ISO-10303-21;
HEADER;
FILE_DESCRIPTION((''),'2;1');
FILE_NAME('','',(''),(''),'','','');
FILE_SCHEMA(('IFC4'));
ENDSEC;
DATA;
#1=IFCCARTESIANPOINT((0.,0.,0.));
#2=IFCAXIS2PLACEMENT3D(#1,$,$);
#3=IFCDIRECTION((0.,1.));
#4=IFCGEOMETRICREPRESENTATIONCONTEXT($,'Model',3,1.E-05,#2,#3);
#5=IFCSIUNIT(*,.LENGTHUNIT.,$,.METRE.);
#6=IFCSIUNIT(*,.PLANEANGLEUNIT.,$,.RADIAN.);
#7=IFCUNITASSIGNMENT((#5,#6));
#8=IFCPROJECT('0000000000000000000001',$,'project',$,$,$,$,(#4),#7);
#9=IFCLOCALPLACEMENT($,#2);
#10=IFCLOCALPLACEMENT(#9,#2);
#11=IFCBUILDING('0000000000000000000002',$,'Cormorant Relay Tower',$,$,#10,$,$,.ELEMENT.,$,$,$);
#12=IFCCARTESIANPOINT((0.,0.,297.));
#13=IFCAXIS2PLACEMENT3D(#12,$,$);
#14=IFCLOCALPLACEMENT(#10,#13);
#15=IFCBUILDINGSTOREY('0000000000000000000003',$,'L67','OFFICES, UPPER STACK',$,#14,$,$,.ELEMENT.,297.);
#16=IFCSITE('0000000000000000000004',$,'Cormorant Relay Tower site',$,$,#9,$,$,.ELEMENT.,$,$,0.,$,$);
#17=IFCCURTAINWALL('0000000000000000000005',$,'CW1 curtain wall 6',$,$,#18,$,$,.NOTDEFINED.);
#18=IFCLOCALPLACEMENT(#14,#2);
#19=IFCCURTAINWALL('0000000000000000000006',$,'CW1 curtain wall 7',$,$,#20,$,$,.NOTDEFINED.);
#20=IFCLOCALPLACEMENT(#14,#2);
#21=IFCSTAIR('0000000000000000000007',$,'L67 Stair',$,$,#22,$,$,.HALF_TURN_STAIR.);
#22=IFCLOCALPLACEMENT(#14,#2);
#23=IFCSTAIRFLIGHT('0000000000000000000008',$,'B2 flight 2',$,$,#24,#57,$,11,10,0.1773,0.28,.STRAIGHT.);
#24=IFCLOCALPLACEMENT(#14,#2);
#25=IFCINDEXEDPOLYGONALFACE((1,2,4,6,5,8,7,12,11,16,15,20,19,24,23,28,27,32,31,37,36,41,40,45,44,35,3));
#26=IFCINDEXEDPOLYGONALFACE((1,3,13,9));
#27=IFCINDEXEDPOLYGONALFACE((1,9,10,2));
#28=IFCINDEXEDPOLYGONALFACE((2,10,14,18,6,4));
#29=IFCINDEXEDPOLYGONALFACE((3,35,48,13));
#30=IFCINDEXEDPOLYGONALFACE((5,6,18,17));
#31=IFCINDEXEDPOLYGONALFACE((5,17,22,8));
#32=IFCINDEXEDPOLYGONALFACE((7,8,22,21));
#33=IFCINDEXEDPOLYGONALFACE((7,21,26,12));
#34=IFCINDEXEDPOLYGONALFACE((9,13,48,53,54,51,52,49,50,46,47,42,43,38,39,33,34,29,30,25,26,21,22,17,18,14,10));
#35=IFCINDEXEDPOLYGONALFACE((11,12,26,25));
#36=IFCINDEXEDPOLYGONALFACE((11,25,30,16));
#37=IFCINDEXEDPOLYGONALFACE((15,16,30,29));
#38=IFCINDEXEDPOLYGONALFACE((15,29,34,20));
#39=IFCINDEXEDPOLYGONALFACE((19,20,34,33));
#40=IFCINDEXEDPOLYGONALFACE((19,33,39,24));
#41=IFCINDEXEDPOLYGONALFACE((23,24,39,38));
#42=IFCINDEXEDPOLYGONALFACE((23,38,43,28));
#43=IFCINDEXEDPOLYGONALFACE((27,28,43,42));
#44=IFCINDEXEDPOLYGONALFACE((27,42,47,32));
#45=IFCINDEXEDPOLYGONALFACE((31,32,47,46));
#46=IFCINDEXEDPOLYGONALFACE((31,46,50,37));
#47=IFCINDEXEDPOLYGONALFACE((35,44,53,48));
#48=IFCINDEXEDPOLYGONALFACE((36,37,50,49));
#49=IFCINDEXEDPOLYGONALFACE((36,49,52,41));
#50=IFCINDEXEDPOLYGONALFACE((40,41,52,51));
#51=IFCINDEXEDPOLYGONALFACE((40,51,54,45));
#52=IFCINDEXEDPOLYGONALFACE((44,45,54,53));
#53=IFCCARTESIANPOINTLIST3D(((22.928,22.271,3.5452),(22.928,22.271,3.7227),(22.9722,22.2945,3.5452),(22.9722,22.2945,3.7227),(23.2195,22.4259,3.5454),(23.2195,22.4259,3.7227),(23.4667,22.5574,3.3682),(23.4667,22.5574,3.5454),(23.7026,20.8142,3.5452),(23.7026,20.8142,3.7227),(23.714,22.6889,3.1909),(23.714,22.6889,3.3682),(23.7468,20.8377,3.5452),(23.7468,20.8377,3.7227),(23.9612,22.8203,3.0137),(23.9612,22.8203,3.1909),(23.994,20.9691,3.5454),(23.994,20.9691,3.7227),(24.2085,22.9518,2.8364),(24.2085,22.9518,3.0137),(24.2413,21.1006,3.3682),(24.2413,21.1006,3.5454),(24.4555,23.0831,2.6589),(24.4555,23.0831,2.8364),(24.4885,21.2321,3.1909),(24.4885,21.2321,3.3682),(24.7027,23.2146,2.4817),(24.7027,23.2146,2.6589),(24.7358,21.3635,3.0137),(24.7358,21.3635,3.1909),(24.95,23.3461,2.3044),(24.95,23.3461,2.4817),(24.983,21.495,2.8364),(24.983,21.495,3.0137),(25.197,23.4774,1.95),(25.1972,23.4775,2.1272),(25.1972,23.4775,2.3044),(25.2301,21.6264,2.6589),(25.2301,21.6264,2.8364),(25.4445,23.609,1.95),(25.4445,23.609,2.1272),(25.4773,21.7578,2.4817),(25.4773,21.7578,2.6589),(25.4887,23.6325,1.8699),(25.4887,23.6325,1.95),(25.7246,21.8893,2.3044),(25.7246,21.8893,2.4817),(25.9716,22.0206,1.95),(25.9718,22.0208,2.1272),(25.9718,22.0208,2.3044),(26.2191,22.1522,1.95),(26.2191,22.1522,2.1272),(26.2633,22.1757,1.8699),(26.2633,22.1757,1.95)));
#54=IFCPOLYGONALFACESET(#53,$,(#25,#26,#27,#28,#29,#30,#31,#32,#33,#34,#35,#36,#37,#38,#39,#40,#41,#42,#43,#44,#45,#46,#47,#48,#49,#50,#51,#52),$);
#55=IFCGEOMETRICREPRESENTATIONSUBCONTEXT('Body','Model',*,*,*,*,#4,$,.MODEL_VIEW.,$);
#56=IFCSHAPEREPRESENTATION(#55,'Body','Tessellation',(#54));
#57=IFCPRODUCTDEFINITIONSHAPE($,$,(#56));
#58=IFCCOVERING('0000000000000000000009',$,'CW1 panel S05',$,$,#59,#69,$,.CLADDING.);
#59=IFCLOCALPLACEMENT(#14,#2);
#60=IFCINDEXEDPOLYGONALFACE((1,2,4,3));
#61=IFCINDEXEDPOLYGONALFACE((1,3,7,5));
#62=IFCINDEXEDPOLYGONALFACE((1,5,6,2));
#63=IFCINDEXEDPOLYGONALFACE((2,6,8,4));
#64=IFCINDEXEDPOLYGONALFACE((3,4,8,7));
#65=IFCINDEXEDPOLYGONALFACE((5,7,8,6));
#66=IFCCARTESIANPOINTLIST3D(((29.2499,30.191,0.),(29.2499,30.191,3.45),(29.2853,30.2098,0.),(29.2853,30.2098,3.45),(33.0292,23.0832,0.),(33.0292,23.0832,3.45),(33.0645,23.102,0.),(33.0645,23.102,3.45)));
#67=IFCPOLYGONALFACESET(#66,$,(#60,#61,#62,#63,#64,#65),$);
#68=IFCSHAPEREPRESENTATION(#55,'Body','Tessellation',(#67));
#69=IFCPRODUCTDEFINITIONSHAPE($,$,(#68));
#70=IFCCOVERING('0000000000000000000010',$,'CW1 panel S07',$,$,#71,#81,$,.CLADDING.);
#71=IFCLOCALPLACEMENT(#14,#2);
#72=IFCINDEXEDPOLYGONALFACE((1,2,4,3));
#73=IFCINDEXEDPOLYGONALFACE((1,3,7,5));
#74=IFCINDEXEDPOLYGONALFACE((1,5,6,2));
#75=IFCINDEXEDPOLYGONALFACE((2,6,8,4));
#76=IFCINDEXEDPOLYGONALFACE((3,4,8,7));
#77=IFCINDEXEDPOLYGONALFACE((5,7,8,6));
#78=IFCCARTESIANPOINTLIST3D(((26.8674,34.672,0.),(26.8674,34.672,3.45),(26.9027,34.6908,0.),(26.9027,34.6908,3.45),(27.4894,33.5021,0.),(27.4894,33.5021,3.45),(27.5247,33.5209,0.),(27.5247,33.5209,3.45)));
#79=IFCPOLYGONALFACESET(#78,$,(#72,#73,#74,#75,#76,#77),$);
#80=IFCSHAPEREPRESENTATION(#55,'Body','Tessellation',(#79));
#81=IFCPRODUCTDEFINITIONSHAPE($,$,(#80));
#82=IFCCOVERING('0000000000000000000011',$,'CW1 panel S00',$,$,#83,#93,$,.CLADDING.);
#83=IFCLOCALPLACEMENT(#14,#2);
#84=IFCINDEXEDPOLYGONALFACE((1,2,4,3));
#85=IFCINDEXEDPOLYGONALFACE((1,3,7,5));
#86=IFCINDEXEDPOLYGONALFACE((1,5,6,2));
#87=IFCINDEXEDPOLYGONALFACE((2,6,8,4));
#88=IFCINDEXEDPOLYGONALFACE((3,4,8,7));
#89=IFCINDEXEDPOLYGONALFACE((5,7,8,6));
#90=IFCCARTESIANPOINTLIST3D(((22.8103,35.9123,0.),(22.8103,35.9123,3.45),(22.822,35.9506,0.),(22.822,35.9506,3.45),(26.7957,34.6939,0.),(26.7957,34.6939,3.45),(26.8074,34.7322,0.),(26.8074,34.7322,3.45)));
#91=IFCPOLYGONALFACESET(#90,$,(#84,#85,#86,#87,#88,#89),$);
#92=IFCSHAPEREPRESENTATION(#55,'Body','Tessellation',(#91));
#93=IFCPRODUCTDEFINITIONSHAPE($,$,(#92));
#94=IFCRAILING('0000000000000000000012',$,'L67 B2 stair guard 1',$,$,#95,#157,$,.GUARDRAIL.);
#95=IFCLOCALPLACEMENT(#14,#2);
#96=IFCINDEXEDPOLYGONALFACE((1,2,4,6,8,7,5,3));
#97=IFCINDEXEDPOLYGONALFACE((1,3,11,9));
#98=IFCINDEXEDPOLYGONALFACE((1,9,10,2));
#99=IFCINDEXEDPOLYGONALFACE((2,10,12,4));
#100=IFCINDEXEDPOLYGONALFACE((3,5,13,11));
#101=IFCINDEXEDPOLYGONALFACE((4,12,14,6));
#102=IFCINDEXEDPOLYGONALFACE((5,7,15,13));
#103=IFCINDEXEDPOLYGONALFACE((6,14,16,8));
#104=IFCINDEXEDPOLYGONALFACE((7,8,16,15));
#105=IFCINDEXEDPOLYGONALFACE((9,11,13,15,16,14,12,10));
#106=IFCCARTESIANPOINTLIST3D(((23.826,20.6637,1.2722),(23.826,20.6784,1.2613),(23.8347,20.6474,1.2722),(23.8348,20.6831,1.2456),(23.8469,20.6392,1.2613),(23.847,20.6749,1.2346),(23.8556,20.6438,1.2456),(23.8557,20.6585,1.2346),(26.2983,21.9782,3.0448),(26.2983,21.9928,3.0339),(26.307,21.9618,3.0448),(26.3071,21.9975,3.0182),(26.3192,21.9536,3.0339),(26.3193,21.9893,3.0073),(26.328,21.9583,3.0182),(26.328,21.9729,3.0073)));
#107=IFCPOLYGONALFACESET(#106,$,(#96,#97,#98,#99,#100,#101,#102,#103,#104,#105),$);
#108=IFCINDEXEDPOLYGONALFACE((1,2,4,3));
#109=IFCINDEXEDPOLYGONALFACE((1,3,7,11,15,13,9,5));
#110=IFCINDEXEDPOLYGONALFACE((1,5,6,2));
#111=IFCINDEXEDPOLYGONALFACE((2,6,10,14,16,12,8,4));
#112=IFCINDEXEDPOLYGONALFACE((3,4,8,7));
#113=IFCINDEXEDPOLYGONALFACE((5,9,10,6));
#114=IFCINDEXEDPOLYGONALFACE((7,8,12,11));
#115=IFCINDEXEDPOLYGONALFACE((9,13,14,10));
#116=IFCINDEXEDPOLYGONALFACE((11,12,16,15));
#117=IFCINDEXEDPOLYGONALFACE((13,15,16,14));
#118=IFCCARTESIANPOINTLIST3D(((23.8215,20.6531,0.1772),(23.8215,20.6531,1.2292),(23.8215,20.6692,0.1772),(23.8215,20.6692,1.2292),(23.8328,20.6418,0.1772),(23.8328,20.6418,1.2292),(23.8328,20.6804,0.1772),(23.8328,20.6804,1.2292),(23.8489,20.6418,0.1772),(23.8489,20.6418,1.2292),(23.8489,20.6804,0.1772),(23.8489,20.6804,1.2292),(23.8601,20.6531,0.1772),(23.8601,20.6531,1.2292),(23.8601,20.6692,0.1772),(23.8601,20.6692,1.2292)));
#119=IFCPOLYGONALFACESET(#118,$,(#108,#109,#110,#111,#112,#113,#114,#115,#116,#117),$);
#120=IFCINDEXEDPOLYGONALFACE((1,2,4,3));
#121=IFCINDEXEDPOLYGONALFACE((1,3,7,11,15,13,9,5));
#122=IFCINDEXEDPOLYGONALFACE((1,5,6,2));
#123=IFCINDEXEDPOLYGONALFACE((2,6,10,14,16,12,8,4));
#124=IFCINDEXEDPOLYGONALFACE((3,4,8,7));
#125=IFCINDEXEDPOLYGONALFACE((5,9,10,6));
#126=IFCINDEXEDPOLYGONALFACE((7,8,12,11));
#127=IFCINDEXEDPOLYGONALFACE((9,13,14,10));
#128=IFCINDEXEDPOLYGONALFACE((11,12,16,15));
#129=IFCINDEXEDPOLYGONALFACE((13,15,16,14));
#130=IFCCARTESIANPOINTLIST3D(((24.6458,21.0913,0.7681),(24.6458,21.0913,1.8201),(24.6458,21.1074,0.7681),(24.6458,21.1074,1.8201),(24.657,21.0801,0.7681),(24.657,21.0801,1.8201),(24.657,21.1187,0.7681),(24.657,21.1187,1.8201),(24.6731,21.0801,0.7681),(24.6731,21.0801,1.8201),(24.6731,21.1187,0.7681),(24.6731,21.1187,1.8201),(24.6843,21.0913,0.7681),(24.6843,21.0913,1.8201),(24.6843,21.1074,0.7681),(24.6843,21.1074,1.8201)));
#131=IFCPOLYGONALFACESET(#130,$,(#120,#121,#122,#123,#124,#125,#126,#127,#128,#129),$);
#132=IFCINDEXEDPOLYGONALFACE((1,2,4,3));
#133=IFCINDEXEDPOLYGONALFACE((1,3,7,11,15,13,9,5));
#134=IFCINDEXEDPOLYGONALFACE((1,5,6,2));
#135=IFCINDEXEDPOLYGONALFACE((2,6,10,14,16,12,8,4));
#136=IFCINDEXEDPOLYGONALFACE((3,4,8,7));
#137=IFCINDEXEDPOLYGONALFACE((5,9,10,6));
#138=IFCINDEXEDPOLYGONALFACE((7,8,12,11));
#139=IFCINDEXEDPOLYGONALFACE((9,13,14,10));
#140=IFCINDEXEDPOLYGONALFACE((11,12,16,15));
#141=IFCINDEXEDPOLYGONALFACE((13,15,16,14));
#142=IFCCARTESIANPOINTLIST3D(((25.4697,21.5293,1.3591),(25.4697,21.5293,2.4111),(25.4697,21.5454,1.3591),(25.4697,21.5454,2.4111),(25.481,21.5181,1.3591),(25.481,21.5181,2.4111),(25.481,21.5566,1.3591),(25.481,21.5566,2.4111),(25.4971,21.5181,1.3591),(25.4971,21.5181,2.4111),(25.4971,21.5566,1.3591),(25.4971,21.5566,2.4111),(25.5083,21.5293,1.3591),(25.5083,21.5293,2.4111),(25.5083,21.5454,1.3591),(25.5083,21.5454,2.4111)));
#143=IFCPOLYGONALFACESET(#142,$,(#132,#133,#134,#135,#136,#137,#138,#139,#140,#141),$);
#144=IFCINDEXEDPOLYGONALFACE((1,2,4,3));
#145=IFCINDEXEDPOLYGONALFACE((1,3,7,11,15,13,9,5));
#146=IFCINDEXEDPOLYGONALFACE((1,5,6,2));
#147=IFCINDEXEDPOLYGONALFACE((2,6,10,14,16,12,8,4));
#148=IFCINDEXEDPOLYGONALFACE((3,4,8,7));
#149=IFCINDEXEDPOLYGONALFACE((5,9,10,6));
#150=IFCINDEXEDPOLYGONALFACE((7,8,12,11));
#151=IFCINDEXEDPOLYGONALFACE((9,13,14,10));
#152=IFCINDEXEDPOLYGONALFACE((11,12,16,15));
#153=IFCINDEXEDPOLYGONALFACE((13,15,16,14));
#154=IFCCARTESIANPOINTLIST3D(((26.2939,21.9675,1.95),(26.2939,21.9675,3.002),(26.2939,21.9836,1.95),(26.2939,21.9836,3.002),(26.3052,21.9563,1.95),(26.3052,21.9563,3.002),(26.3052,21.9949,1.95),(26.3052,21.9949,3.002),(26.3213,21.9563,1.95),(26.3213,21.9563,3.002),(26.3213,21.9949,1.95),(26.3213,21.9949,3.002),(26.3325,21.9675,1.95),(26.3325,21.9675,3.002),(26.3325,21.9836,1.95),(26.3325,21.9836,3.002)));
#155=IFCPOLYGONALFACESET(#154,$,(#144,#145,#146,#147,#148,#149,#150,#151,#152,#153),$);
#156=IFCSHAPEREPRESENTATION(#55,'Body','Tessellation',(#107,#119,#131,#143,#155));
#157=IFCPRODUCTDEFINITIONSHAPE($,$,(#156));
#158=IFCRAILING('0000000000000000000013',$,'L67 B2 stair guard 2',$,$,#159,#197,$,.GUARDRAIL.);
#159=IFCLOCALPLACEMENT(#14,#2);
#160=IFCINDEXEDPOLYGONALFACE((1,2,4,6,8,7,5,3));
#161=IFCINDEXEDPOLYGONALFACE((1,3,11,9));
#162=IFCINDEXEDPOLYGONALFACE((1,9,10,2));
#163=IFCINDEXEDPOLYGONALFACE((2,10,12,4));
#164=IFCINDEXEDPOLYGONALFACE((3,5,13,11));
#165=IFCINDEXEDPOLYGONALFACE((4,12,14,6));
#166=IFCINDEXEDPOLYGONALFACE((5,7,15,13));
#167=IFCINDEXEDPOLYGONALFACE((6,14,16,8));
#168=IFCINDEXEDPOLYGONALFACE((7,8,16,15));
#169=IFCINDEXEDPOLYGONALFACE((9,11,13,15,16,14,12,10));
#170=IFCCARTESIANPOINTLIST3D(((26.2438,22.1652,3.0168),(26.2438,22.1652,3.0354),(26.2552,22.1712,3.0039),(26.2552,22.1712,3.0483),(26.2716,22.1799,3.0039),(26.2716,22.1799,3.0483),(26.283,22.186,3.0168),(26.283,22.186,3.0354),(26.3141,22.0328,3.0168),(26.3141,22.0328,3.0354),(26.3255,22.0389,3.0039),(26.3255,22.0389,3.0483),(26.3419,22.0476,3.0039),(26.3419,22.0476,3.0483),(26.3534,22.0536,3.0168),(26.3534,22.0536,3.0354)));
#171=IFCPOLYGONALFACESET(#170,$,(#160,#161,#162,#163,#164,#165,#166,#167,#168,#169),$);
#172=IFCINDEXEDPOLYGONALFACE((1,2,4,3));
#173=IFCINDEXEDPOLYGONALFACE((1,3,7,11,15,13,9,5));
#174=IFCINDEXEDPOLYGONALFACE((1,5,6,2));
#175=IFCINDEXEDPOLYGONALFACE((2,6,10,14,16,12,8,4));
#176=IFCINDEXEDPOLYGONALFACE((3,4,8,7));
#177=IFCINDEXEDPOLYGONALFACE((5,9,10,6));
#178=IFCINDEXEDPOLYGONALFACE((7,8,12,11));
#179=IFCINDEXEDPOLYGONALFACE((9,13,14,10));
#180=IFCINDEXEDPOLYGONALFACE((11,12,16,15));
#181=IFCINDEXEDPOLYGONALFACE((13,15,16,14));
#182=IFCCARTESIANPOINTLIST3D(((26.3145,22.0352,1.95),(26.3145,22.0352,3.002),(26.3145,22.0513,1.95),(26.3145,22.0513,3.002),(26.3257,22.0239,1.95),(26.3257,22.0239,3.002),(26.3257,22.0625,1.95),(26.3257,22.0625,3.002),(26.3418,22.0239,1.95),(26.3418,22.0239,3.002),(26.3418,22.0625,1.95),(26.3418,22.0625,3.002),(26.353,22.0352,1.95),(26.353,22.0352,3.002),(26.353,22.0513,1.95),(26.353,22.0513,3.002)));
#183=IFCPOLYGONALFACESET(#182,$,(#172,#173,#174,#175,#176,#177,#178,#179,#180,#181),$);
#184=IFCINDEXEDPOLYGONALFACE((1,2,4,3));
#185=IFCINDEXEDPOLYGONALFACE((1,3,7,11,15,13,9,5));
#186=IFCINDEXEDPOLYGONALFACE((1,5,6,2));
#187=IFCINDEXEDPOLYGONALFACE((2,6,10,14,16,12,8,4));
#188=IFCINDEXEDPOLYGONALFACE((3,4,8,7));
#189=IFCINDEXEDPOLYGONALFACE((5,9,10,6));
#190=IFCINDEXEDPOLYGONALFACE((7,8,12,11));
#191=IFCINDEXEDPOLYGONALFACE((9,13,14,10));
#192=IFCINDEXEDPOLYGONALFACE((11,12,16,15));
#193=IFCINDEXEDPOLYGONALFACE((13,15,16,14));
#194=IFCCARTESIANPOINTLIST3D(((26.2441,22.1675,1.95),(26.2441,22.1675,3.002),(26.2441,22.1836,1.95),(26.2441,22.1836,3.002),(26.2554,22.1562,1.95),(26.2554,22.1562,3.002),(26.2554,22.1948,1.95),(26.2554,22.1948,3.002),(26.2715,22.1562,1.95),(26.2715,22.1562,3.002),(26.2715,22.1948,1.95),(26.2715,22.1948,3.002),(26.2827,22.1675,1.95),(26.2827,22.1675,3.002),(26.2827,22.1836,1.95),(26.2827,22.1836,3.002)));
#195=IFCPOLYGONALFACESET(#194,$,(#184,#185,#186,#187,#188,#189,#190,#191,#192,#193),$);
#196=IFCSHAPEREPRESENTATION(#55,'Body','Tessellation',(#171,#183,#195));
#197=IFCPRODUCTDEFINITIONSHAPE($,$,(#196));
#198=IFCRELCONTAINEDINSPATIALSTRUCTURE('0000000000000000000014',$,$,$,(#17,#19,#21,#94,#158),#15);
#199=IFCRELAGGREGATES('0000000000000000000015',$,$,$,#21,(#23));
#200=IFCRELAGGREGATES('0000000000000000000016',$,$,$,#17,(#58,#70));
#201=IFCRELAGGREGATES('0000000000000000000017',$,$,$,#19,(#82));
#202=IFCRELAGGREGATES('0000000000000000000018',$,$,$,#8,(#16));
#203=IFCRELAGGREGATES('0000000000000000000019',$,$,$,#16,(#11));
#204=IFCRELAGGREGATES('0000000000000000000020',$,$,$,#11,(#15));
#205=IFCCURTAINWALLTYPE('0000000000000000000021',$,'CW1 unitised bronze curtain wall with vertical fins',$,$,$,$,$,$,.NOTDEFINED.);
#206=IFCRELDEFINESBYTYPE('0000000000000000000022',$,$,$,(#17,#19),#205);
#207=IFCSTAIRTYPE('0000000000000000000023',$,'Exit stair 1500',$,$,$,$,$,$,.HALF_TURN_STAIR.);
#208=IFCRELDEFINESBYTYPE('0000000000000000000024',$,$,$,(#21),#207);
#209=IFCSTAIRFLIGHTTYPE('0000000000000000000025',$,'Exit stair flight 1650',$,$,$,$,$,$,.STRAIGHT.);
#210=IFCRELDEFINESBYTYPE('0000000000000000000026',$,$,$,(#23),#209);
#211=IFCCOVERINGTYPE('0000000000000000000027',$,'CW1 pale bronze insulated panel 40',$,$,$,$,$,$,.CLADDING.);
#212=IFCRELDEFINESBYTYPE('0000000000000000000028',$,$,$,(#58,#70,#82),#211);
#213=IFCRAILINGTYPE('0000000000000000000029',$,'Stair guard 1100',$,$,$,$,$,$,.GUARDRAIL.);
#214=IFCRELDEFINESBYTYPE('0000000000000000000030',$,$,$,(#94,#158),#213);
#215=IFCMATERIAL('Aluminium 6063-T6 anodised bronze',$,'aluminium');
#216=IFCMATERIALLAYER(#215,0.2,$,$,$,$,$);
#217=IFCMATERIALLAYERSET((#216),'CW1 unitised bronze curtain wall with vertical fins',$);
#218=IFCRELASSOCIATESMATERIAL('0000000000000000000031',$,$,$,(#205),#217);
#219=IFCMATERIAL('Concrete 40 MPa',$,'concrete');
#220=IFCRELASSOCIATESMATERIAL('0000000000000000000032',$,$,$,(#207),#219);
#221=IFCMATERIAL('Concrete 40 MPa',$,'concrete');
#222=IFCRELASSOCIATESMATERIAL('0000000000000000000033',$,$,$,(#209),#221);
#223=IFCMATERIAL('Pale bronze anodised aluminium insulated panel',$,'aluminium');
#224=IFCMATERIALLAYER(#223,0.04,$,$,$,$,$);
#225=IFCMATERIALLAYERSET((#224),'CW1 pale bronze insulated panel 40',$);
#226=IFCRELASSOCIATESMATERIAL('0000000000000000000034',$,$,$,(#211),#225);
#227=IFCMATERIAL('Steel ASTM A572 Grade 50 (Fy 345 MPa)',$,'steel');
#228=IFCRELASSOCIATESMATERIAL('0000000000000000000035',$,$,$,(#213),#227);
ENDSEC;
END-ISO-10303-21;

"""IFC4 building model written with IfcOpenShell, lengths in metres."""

from ifc_helpers import new_model, si_unit, direction, frame, origin, origin_2d, place, context, subcontext, project, spatial, polyline, rectangle, outline, extrude, material, layer, layer_set, type_object, element, aggregate, save


model = new_model("IFC4")

# Units and contexts
model_context = context("Model", 3, precision=1e-05, world=origin(), true_north=direction((0.0, 1.0)))
body_context = subcontext(model_context, "Body", "Model", "MODEL_VIEW")
ifc_project = project(units=[si_unit("LENGTHUNIT", "METRE"), si_unit("PLANEANGLEUNIT", "RADIAN")], contexts=[model_context])

# Site, building, storey
site_placement = place(None, origin())
site = spatial("IfcSite", under=ifc_project, at=site_placement, Name="Cormorant Relay Tower site", CompositionType="ELEMENT", RefElevation=0.0)
building_placement = place(site_placement, origin())
building = spatial("IfcBuilding", under=site, at=building_placement, Name="Cormorant Relay Tower", CompositionType="ELEMENT")
storey_placement = place(building_placement, frame((0.0, 0.0, 297.0)))
storey = spatial("IfcBuildingStorey", under=building, at=storey_placement, Name="L67", Description="OFFICES, UPPER STACK", CompositionType="ELEMENT", Elevation=297.0)

# Curtain walls
ifc_material_1 = material(Name="Aluminium 6063-T6 anodised bronze", Category="aluminium")
ifc_layer_1 = layer(ifc_material_1, 0.2)
ifc_layer_set_1 = layer_set([ifc_layer_1], Name="CW1 unitised bronze curtain wall with vertical fins")
curtain_wall_type = type_object("IfcCurtainWallType", Name="CW1 unitised bronze curtain wall with vertical fins", PredefinedType="NOTDEFINED", material=ifc_layer_set_1)
curtain_wall_1_placement = place(storey_placement, origin())
curtain_wall_1 = element("IfcCurtainWall", 1, at=curtain_wall_1_placement, inside=storey, type_object=curtain_wall_type, Name="CW1 curtain wall 6", PredefinedType="NOTDEFINED")
curtain_wall_2_placement = place(storey_placement, origin())
curtain_wall_2 = element("IfcCurtainWall", 2, at=curtain_wall_2_placement, inside=storey, type_object=curtain_wall_type, Name="CW1 curtain wall 7", PredefinedType="NOTDEFINED")

# Stair, stair flight
ifc_material_2 = material(Name="Concrete 40 MPa", Category="concrete")
stair_type = type_object("IfcStairType", Name="Exit stair 1500", PredefinedType="HALF_TURN_STAIR", material=ifc_material_2)
stair_placement = place(storey_placement, origin())
stair = element("IfcStair", 3, at=stair_placement, inside=storey, type_object=stair_type, Name="L67 Stair", PredefinedType="HALF_TURN_STAIR")
ifc_material_3 = material(Name="Concrete 40 MPa", Category="concrete")
stair_flight_type = type_object("IfcStairFlightType", Name="Exit stair flight 1650", PredefinedType="STRAIGHT", material=ifc_material_3)
stair_flight_1_placement = place(storey_placement, frame((25.8318, 22.8806, 1.95), z_axis=(0.0, 0.0, 1.0), x_axis=(-0.882948, -0.469472, 0.0)))
stair_flight_1 = element("IfcStairFlight", 4, at=stair_flight_1_placement, type_object=stair_flight_type, Name="B2 flight 2", NumberOfRisers=11, NumberOfTreads=10, PredefinedType="STRAIGHT", RiserHeight=0.1773, TreadLength=0.28, context=body_context, shape_type="SweptSolid", body=[
    extrude(outline(polyline([(-0.05, -0.0801), (-0.05, 0.0), (0.0, 0.0), (0.0, 0.1772), (0.28, 0.1772), (0.28, 0.3545), (0.5601, 0.3545), (0.5601, 0.5317), (0.8401, 0.5317), (0.8401, 0.709), (1.1201, 0.709), (1.1201, 0.8865), (1.3999, 0.8865), (1.3999, 1.0637), (1.6799, 1.0637), (1.6799, 1.241), (1.96, 1.241), (1.96, 1.4182), (2.24, 1.4182), (2.24, 1.5955), (2.52, 1.5955), (2.52, 1.7727), (2.8, 1.7727), (2.8501, 1.7727), (2.8501, 1.5952), (2.8, 1.5952), (0.2803, 0.0), (-0.05, -0.0801)])), frame((0.0, 0.825, 0.0), z_axis=(0.0, -1.0, 0.0), x_axis=(1.0, 0.0, 0.0)), (0.0, 0.0, 1.0), 1.6499),
])
aggregate(stair, [stair_flight_1])

# Coverings
ifc_material_4 = material(Name="Pale bronze anodised aluminium insulated panel", Category="aluminium")
ifc_layer_2 = layer(ifc_material_4, 0.04)
ifc_layer_set_2 = layer_set([ifc_layer_2], Name="CW1 pale bronze insulated panel 40")
covering_type = type_object("IfcCoveringType", Name="CW1 pale bronze insulated panel 40", PredefinedType="CLADDING", material=ifc_layer_set_2)
covering_1_placement = place(storey_placement, frame((31.1572, 26.6465, 0.0), z_axis=(0.0, 0.0, 1.0), x_axis=(-0.469472, 0.882948, 0.0)))
covering_1 = element("IfcCovering", 5, at=covering_1_placement, type_object=covering_type, Name="CW1 panel S05", PredefinedType="CLADDING", context=body_context, shape_type="SweptSolid", body=[
    extrude(rectangle(XDim=8.05, YDim=0.04, at=origin_2d()), origin(), (0.0, 0.0, 1.0), 3.45),
])
covering_2_placement = place(storey_placement, frame((27.196, 34.0964, 0.0), z_axis=(0.0, 0.0, 1.0), x_axis=(-0.469472, 0.882948, 0.0)))
covering_2 = element("IfcCovering", 6, at=covering_2_placement, type_object=covering_type, Name="CW1 panel S07", PredefinedType="CLADDING", context=body_context, shape_type="SweptSolid", body=[
    extrude(rectangle(XDim=1.325, YDim=0.04, at=origin_2d()), origin(), (0.0, 0.0, 1.0), 3.45),
])
aggregate(curtain_wall_1, [covering_1, covering_2])
covering_3_placement = place(storey_placement, frame((24.8088, 35.3223, 0.0), z_axis=(0.0, 0.0, 1.0), x_axis=(-0.956305, 0.292372, 0.0)))
covering_3 = element("IfcCovering", 7, at=covering_3_placement, type_object=covering_type, Name="CW1 panel S00", PredefinedType="CLADDING", context=body_context, shape_type="SweptSolid", body=[
    extrude(rectangle(XDim=4.1675, YDim=0.04, at=origin_2d()), origin(), (0.0, 0.0, 1.0), 3.45),
])
aggregate(curtain_wall_2, [covering_3])

# Railings
ifc_material_5 = material(Name="Steel ASTM A572 Grade 50 (Fy 345 MPa)", Category="steel")
railing_type_1 = type_object("IfcRailingType", Name="Stair guard 1100", PredefinedType="GUARDRAIL", material=ifc_material_5)
railing_1_placement = place(storey_placement, frame((23.8408, 20.6611, 0.1772)))
element("IfcRailing", 8, at=railing_1_placement, inside=storey, type_object=railing_type_1, Name="L67 B2 stair guard 1", PredefinedType="GUARDRAIL", context=body_context, shape_type="SweptSolid", body=[
    extrude(outline(polyline([(0.0222, 0.0093), (0.0093, 0.0222), (-0.0093, 0.0222), (-0.0222, 0.0093), (-0.0222, -0.0093), (-0.0093, -0.0222), (0.0093, -0.0222), (0.0222, -0.0093), (0.0222, 0.0093)])), frame((0.0, 0.0, 1.0762), z_axis=(0.746034, 0.396627, 0.534902), x_axis=(-0.469429, 0.88297, 0.0)), (0.0, 0.0, 1.0), 3.314),
    extrude(outline(polyline([(0.0193, 0.0081), (0.0081, 0.0193), (-0.0081, 0.0193), (-0.0193, 0.0081), (-0.0193, -0.0081), (-0.0081, -0.0193), (0.0081, -0.0193), (0.0193, -0.0081), (0.0193, 0.0081)])), origin(), (0.0, 0.0, 1.0), 1.052),
    extrude(outline(polyline([(0.0193, 0.0081), (0.0081, 0.0193), (-0.0081, 0.0193), (-0.0193, 0.0081), (-0.0193, -0.0081), (-0.0081, -0.0193), (0.0081, -0.0193), (0.0193, -0.0081), (0.0193, 0.0081)])), frame((0.8242, 0.4382, 0.5908)), (0.0, 0.0, 1.0), 1.052),
    extrude(outline(polyline([(0.0193, 0.0081), (0.0081, 0.0193), (-0.0081, 0.0193), (-0.0193, 0.0081), (-0.0193, -0.0081), (-0.0081, -0.0193), (0.0081, -0.0193), (0.0193, -0.0081), (0.0193, 0.0081)])), frame((1.6482, 0.8762, 1.1819)), (0.0, 0.0, 1.0), 1.052),
    extrude(outline(polyline([(0.0193, 0.0081), (0.0081, 0.0193), (-0.0081, 0.0193), (-0.0193, 0.0081), (-0.0193, -0.0081), (-0.0081, -0.0193), (0.0081, -0.0193), (0.0193, -0.0081), (0.0193, 0.0081)])), frame((2.4724, 1.3145, 1.7727)), (0.0, 0.0, 1.0), 1.052),
])
railing_2_placement = place(storey_placement, frame((26.3337, 22.0432, 1.95)))
element("IfcRailing", 9, at=railing_2_placement, inside=storey, type_object=railing_type_1, Name="L67 B2 stair guard 2", PredefinedType="GUARDRAIL", context=body_context, shape_type="SweptSolid", body=[
    extrude(outline(polyline([(0.0222, 0.0093), (0.0093, 0.0222), (-0.0093, 0.0222), (-0.0222, 0.0093), (-0.0222, -0.0093), (-0.0093, -0.0222), (0.0093, -0.0222), (0.0222, -0.0093), (0.0222, 0.0093)])), frame((0.0, 0.0, 1.0762), z_axis=(-0.469235, 0.883074, 0.0), x_axis=(-0.883074, -0.469235, 0.0)), (0.0, 0.0, 1.0), 0.1499),
    extrude(outline(polyline([(0.0193, 0.0081), (0.0081, 0.0193), (-0.0081, 0.0193), (-0.0193, 0.0081), (-0.0193, -0.0081), (-0.0081, -0.0193), (0.0081, -0.0193), (0.0193, -0.0081), (0.0193, 0.0081)])), origin(), (0.0, 0.0, 1.0), 1.052),
    extrude(outline(polyline([(0.0193, 0.0081), (0.0081, 0.0193), (-0.0081, 0.0193), (-0.0193, 0.0081), (-0.0193, -0.0081), (-0.0081, -0.0193), (0.0081, -0.0193), (0.0193, -0.0081), (0.0193, 0.0081)])), frame((-0.0703, 0.1323, 0.0)), (0.0, 0.0, 1.0), 1.052),
])

save(model, "model.ifc")
